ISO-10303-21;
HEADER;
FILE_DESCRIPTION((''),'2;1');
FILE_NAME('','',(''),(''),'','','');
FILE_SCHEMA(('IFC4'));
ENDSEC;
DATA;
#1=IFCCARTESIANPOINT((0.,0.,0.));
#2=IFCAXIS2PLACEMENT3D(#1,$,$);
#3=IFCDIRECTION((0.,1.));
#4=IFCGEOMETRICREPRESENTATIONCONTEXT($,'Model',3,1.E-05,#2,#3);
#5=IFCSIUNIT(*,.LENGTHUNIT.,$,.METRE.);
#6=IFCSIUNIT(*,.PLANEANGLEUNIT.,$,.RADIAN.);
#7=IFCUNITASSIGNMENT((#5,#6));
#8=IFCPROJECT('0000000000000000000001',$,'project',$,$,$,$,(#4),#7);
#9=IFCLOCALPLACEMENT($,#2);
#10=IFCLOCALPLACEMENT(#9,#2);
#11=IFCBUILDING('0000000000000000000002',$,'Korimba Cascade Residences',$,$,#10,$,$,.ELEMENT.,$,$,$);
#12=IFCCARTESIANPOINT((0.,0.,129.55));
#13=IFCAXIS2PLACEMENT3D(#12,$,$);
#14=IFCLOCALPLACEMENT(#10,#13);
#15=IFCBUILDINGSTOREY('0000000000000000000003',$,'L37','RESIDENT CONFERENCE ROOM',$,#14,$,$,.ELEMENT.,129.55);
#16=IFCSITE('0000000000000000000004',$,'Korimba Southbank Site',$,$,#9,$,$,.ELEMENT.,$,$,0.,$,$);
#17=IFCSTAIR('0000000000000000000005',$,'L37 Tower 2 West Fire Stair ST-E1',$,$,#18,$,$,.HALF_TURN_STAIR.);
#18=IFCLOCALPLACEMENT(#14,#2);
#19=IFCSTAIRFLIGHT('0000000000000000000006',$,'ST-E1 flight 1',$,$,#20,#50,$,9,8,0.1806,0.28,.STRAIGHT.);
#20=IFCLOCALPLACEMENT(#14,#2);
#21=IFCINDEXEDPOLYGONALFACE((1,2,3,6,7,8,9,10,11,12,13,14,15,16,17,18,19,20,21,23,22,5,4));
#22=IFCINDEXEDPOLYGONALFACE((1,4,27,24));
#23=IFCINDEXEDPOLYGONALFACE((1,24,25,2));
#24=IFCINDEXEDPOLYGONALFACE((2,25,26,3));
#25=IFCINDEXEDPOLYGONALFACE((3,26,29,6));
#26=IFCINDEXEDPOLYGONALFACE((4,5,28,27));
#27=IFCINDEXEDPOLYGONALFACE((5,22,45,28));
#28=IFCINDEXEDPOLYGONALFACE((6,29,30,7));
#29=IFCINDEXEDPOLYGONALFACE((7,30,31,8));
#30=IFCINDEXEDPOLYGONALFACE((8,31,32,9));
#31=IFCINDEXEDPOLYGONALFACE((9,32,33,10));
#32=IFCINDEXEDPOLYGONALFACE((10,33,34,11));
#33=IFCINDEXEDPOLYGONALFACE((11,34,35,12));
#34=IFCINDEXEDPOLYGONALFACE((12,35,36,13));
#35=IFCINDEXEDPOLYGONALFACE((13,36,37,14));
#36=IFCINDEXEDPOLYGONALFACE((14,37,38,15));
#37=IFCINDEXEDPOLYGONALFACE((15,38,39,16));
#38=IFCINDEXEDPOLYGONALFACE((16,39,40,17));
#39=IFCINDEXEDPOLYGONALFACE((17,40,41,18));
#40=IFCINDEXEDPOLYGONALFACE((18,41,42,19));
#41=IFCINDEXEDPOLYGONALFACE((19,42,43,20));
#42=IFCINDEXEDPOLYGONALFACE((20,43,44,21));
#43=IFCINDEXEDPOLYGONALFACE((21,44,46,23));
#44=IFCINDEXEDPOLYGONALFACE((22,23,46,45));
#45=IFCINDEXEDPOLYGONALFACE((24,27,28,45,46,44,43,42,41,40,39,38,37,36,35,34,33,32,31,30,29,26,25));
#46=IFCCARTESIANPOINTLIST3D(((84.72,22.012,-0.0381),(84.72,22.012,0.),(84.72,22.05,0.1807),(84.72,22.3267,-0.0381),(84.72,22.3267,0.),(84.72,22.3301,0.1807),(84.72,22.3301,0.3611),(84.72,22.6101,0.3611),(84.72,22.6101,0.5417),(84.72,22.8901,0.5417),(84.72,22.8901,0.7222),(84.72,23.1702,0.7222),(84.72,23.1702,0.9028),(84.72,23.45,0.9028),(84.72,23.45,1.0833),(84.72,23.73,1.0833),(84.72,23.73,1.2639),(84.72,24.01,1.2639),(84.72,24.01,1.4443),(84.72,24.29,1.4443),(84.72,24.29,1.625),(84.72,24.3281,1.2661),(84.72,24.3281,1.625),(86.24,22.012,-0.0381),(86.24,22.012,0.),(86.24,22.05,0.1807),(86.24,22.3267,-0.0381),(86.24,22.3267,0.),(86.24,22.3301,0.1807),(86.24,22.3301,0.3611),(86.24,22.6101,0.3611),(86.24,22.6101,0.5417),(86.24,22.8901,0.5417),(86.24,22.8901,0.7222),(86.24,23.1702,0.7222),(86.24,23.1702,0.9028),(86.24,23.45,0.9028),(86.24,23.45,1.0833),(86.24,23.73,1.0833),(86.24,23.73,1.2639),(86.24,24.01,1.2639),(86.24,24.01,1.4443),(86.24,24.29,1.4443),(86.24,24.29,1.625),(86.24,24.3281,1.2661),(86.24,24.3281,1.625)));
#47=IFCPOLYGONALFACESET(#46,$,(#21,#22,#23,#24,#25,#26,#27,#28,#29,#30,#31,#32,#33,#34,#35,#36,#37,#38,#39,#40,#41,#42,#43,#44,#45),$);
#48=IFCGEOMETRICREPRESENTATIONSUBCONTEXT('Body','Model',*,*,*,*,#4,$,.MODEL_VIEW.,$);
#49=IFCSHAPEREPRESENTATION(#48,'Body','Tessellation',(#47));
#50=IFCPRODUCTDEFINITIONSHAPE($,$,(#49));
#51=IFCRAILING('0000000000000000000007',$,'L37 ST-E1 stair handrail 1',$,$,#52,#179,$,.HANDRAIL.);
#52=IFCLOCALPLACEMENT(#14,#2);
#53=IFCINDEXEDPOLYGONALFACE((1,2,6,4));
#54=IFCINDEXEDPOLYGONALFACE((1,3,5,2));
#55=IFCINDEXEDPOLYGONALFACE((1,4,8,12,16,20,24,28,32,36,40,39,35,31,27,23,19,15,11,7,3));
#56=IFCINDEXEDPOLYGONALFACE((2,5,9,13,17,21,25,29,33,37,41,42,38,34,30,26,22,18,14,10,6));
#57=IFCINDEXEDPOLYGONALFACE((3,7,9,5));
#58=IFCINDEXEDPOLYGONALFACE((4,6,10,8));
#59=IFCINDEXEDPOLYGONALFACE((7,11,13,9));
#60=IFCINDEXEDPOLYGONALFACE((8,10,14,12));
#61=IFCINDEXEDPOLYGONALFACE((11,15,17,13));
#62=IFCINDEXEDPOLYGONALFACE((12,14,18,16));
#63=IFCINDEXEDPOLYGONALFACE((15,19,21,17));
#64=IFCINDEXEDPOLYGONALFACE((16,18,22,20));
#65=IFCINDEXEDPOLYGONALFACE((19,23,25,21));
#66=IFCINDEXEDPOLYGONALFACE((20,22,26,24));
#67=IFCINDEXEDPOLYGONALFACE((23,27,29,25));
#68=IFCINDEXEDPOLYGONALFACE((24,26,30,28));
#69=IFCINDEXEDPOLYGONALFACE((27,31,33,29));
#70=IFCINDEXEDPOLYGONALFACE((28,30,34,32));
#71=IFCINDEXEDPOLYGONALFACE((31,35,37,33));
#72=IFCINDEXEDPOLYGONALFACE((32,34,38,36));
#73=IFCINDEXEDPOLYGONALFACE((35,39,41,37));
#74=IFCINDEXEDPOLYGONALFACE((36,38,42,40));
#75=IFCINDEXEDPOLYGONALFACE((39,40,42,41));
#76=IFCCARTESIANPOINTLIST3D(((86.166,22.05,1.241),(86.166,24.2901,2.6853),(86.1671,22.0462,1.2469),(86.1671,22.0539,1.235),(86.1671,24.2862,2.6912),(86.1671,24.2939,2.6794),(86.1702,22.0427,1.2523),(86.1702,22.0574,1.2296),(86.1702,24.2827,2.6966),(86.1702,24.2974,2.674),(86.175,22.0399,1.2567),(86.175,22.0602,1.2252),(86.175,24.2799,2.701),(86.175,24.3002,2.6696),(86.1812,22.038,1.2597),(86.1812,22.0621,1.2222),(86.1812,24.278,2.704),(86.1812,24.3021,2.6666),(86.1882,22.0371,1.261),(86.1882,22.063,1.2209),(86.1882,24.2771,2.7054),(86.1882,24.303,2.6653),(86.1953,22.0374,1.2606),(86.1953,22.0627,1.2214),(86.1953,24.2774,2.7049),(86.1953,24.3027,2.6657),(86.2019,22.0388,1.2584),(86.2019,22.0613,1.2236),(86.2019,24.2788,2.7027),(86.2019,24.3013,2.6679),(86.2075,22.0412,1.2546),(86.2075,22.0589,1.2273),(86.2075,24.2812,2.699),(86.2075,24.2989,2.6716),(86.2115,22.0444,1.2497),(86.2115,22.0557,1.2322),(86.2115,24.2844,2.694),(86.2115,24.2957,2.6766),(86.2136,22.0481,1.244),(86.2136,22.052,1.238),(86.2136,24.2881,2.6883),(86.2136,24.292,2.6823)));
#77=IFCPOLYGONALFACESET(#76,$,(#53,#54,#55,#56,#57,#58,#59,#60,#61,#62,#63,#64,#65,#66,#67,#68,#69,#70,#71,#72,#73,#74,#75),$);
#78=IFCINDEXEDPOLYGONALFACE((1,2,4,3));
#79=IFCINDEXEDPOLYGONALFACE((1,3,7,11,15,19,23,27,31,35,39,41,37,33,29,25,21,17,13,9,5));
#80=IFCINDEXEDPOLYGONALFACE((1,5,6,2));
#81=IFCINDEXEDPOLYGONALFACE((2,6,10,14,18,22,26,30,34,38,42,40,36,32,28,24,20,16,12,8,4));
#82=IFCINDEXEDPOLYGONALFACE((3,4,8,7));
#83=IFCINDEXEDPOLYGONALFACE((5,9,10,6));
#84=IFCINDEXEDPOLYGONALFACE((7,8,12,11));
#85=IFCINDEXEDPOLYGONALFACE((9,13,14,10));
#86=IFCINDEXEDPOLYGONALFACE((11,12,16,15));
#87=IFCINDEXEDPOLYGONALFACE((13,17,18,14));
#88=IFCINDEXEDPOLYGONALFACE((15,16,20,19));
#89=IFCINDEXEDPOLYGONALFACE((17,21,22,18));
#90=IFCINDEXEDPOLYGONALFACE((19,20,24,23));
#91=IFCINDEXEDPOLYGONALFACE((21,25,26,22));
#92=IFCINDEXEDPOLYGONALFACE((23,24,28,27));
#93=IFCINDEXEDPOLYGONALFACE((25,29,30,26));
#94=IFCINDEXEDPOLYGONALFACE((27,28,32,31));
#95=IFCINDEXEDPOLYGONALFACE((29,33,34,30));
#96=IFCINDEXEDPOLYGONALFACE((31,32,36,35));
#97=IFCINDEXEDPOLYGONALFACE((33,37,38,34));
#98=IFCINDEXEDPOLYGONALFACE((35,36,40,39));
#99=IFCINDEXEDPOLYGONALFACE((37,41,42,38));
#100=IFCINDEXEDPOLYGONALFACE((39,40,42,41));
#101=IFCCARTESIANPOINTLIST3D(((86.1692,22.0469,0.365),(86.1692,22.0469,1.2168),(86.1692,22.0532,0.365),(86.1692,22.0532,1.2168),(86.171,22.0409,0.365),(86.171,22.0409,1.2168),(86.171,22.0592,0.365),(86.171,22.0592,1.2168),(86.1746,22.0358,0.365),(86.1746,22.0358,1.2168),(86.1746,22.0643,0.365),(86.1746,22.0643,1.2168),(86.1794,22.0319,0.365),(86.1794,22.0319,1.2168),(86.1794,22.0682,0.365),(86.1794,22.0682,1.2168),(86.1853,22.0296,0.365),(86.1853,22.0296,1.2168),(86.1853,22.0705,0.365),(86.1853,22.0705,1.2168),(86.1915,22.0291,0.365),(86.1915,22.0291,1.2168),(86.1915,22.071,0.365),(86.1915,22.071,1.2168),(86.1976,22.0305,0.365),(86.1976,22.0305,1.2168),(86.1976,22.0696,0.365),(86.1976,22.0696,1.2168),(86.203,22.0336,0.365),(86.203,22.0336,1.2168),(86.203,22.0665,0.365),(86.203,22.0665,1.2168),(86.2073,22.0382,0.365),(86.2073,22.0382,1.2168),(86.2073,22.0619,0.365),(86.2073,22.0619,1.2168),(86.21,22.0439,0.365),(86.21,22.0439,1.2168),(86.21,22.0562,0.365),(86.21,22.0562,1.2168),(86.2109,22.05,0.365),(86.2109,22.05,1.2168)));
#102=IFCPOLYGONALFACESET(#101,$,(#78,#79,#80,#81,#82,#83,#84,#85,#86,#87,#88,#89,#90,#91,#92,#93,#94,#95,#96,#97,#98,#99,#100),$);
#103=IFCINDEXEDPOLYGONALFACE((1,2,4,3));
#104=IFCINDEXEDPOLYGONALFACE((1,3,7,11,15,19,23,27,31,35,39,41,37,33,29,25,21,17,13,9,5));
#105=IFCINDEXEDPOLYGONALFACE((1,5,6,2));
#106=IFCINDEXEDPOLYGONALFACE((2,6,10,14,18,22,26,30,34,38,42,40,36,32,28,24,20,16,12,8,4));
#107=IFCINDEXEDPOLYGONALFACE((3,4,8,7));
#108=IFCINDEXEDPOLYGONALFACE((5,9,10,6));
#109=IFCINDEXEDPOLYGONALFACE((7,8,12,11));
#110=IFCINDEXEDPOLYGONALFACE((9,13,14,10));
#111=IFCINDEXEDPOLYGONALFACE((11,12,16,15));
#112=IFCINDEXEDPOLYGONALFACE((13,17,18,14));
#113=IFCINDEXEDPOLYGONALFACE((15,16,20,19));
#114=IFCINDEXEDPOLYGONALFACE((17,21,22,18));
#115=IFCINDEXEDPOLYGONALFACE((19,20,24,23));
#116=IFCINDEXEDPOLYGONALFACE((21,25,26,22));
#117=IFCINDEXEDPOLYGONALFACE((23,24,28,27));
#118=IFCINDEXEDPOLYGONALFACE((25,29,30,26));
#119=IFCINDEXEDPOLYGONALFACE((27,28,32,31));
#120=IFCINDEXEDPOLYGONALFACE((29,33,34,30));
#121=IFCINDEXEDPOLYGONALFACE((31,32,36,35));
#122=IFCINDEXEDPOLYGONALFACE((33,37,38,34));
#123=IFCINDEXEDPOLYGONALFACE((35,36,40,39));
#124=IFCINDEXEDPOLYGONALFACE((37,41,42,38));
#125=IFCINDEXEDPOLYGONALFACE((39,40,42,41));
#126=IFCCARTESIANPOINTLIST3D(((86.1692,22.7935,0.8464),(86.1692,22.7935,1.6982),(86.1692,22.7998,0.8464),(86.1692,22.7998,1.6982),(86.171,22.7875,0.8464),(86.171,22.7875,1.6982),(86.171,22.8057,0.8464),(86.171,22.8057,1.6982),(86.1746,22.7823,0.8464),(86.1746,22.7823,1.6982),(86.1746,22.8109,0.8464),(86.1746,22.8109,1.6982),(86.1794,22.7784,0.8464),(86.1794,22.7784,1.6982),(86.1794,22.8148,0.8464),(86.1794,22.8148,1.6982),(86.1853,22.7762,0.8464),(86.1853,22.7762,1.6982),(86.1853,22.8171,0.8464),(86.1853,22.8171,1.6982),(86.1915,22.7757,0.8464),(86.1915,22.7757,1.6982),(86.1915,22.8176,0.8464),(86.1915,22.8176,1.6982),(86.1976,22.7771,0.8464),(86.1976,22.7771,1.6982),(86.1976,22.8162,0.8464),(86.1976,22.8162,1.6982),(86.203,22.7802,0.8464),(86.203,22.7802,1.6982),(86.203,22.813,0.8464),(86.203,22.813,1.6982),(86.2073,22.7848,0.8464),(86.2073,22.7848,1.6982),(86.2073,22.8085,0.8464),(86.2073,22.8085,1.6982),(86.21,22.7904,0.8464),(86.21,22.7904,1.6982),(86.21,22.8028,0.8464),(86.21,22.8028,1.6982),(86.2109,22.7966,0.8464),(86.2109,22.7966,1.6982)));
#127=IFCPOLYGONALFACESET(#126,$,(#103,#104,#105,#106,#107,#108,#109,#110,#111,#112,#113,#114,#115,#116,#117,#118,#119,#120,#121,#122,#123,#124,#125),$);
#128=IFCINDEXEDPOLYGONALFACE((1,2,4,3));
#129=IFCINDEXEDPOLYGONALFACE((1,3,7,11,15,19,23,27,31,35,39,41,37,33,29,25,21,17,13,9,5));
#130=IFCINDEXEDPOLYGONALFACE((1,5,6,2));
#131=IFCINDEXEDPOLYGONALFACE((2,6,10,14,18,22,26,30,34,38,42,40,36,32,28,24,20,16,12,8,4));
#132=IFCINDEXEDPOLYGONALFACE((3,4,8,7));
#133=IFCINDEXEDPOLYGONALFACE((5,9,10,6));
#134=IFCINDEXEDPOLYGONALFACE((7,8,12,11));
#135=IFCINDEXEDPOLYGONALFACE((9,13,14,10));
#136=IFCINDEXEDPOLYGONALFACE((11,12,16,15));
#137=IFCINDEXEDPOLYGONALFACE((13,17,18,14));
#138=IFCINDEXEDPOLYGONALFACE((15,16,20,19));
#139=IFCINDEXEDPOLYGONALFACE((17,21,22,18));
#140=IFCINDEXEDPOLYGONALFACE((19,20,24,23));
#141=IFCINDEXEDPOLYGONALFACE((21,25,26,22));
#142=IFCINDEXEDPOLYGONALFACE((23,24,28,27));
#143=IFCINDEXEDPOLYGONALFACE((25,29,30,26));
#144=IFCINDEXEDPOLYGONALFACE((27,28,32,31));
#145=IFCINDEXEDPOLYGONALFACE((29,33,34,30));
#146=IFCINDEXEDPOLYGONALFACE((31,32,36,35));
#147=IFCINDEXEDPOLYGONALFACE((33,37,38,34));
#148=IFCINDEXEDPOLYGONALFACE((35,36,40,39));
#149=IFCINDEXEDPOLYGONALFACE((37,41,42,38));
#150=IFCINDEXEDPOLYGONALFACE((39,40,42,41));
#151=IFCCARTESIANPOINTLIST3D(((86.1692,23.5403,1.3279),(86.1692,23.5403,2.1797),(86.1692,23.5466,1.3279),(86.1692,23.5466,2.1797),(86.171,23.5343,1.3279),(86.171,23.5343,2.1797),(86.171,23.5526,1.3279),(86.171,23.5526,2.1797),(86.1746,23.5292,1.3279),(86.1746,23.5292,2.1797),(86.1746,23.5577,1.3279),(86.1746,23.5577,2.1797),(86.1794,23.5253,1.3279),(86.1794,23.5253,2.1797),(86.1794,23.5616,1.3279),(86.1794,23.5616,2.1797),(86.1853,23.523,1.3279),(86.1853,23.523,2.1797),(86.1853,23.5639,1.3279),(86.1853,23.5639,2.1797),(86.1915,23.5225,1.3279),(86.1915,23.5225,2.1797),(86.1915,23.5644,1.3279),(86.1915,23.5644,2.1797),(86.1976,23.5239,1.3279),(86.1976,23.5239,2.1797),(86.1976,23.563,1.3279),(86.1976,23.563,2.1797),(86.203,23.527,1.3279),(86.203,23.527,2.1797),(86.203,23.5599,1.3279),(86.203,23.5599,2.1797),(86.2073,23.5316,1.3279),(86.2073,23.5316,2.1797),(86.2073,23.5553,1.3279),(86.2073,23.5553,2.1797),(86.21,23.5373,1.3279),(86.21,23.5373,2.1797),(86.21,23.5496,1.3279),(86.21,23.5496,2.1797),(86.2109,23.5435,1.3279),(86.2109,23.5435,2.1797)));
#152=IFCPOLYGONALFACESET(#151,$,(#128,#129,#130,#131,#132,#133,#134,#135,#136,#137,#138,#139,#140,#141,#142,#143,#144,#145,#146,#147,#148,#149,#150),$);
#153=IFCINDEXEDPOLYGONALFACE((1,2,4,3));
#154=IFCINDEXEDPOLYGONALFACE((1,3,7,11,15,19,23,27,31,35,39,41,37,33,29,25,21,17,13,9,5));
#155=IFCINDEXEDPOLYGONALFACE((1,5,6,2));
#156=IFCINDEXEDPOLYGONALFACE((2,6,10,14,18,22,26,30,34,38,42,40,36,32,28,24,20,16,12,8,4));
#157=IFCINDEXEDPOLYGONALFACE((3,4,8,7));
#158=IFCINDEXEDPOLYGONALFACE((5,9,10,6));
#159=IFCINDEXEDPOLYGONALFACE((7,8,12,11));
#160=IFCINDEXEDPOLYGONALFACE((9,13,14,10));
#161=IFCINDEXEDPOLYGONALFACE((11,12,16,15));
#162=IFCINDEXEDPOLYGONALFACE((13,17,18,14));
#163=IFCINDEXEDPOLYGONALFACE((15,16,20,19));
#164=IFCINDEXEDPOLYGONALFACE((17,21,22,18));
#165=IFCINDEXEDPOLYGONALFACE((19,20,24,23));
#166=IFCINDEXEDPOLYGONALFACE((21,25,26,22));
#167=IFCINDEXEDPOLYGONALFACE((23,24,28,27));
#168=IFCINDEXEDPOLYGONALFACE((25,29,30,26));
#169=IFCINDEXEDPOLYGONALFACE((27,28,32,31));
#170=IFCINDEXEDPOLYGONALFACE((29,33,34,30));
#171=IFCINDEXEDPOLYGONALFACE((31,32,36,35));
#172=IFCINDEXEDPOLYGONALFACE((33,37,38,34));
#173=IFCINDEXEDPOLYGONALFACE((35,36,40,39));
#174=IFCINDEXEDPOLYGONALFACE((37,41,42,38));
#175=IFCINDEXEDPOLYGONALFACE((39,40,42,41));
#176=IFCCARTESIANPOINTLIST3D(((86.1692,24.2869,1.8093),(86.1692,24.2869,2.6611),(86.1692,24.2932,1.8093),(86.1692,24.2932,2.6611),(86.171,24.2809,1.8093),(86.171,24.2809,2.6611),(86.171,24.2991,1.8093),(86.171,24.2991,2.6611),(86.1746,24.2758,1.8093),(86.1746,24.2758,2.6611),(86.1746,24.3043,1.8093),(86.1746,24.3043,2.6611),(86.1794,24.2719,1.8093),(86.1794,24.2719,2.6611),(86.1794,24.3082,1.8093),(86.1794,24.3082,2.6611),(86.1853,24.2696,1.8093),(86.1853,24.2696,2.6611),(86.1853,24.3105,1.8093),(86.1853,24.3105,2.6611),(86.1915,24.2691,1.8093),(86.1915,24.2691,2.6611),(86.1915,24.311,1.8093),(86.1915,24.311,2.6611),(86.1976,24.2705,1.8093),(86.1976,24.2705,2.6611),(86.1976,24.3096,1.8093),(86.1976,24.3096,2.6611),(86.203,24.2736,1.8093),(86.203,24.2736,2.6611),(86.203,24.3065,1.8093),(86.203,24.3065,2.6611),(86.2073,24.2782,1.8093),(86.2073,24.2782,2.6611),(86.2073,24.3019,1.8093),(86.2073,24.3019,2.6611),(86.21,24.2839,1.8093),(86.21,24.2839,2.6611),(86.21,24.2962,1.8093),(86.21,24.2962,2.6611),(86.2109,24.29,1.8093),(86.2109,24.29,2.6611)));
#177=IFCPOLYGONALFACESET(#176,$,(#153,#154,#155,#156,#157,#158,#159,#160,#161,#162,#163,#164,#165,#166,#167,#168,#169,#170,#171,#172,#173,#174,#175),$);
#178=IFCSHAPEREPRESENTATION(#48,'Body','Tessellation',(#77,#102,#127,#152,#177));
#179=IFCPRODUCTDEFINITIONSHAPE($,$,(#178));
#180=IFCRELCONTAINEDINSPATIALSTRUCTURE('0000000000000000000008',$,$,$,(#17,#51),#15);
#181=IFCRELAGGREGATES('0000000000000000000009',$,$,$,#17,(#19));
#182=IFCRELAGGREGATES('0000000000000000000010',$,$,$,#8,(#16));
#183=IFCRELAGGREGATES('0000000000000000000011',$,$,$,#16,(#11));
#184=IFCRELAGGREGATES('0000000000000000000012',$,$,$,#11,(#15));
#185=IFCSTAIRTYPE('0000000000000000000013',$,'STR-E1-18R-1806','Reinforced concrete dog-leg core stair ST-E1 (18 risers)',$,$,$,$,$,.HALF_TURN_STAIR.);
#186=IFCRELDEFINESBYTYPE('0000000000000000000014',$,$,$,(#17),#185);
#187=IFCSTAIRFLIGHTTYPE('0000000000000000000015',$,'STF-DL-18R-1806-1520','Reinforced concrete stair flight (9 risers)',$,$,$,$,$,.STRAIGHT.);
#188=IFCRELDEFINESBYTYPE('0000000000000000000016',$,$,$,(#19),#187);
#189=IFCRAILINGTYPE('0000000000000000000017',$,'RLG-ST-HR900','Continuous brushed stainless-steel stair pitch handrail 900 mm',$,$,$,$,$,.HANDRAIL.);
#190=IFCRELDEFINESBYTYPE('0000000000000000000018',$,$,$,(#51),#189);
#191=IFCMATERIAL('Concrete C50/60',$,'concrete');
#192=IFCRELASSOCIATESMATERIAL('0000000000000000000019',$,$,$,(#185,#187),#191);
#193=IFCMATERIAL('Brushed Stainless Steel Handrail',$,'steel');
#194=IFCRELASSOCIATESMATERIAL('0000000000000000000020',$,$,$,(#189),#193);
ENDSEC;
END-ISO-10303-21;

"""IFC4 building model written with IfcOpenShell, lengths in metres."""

from ifc_helpers import new_model, si_unit, direction, frame, origin, origin_2d, place, context, subcontext, project, spatial, polyline, circle, outline, extrude, material, type_object, element, aggregate, save


model = new_model("IFC4")

# Units and contexts
model_context = context("Model", 3, precision=1e-05, world=origin(), true_north=direction((0.0, 1.0)))
body_context = subcontext(model_context, "Body", "Model", "MODEL_VIEW")
ifc_project = project(units=[si_unit("LENGTHUNIT", "METRE"), si_unit("PLANEANGLEUNIT", "RADIAN")], contexts=[model_context])

# Site, building, storey
site_placement = place(None, origin())
site = spatial("IfcSite", under=ifc_project, at=site_placement, Name="Korimba Southbank Site", CompositionType="ELEMENT", RefElevation=0.0)
building_placement = place(site_placement, origin())
building = spatial("IfcBuilding", under=site, at=building_placement, Name="Korimba Cascade Residences", CompositionType="ELEMENT")
storey_placement = place(building_placement, frame((0.0, 0.0, 129.55)))
storey = spatial("IfcBuildingStorey", under=building, at=storey_placement, Name="L37", Description="RESIDENT CONFERENCE ROOM", CompositionType="ELEMENT", Elevation=129.55)

# Shared definitions
ifc_material_1 = material(Name="Concrete C50/60", Category="concrete")

# Stair, stair flight
stair_type = type_object("IfcStairType", Name="STR-E1-18R-1806", Description="Reinforced concrete dog-leg core stair ST-E1 (18 risers)", PredefinedType="HALF_TURN_STAIR", material=ifc_material_1)
stair_placement = place(storey_placement, origin())
stair = element("IfcStair", 1, at=stair_placement, inside=storey, type_object=stair_type, Name="L37 Tower 2 West Fire Stair ST-E1", PredefinedType="HALF_TURN_STAIR")
stair_flight_type = type_object("IfcStairFlightType", Name="STF-DL-18R-1806-1520", Description="Reinforced concrete stair flight (9 risers)", PredefinedType="STRAIGHT", material=ifc_material_1)
stair_flight_placement = place(storey_placement, frame((85.48, 22.05, 0.0), z_axis=(0.0, 0.0, 1.0), x_axis=(0.0, 1.0, 0.0)))
stair_flight = element("IfcStairFlight", 2, at=stair_flight_placement, type_object=stair_flight_type, Name="ST-E1 flight 1", NumberOfRisers=9, NumberOfTreads=8, PredefinedType="STRAIGHT", RiserHeight=0.1806, TreadLength=0.28, context=body_context, shape_type="SweptSolid", body=[
    extrude(outline(polyline([(-0.0381, 0.0), (0.0, 0.1807), (0.28, 0.1807), (0.28, 0.3611), (0.5601, 0.3611), (0.5601, 0.5417), (0.8401, 0.5417), (0.8401, 0.7222), (1.1201, 0.7222), (1.1201, 0.9028), (1.3999, 0.9028), (1.3999, 1.0833), (1.6799, 1.0833), (1.6799, 1.2639), (1.96, 1.2639), (1.96, 1.4443), (2.24, 1.4443), (2.24, 1.625), (2.2781, 1.625), (2.2781, 1.2661), (0.2766, 0.0), (0.2766, -0.0381), (-0.0381, -0.0381), (-0.0381, 0.0)])), frame((0.0, 0.76, 0.0), z_axis=(0.0, -1.0, 0.0), x_axis=(1.0, 0.0, 0.0)), (0.0, 0.0, 1.0), 1.52),
])
aggregate(stair, [stair_flight])

# Railing
ifc_material_2 = material(Name="Brushed Stainless Steel Handrail", Category="steel")
railing_type = type_object("IfcRailingType", Name="RLG-ST-HR900", Description="Continuous brushed stainless-steel stair pitch handrail 900 mm", PredefinedType="HANDRAIL", material=ifc_material_2)
railing_placement = place(storey_placement, frame((86.1899, 22.05, 0.365)))
element("IfcRailing", 3, at=railing_placement, inside=storey, type_object=railing_type, Name="L37 ST-E1 stair handrail 1", PredefinedType="HANDRAIL", context=body_context, shape_type="SweptSolid", body=[
    extrude(circle(Radius=0.0239, at=origin_2d()), frame((0.0, 0.0, 0.876), z_axis=(0.0, 0.840437, 0.54191), x_axis=(-1.0, 0.0, 0.0)), (0.0, 0.0, 1.0), 2.6653),
    extrude(circle(Radius=0.021, at=origin_2d()), origin(), (0.0, 0.0, 1.0), 0.8518),
    extrude(circle(Radius=0.021, at=origin_2d()), frame((0.0, 0.7466, 0.4814)), (0.0, 0.0, 1.0), 0.8518),
    extrude(circle(Radius=0.021, at=origin_2d()), frame((0.0, 1.4934, 0.9629)), (0.0, 0.0, 1.0), 0.8518),
    extrude(circle(Radius=0.021, at=origin_2d()), frame((0.0, 2.24, 1.4443)), (0.0, 0.0, 1.0), 0.8518),
])

save(model, "model.ifc")
